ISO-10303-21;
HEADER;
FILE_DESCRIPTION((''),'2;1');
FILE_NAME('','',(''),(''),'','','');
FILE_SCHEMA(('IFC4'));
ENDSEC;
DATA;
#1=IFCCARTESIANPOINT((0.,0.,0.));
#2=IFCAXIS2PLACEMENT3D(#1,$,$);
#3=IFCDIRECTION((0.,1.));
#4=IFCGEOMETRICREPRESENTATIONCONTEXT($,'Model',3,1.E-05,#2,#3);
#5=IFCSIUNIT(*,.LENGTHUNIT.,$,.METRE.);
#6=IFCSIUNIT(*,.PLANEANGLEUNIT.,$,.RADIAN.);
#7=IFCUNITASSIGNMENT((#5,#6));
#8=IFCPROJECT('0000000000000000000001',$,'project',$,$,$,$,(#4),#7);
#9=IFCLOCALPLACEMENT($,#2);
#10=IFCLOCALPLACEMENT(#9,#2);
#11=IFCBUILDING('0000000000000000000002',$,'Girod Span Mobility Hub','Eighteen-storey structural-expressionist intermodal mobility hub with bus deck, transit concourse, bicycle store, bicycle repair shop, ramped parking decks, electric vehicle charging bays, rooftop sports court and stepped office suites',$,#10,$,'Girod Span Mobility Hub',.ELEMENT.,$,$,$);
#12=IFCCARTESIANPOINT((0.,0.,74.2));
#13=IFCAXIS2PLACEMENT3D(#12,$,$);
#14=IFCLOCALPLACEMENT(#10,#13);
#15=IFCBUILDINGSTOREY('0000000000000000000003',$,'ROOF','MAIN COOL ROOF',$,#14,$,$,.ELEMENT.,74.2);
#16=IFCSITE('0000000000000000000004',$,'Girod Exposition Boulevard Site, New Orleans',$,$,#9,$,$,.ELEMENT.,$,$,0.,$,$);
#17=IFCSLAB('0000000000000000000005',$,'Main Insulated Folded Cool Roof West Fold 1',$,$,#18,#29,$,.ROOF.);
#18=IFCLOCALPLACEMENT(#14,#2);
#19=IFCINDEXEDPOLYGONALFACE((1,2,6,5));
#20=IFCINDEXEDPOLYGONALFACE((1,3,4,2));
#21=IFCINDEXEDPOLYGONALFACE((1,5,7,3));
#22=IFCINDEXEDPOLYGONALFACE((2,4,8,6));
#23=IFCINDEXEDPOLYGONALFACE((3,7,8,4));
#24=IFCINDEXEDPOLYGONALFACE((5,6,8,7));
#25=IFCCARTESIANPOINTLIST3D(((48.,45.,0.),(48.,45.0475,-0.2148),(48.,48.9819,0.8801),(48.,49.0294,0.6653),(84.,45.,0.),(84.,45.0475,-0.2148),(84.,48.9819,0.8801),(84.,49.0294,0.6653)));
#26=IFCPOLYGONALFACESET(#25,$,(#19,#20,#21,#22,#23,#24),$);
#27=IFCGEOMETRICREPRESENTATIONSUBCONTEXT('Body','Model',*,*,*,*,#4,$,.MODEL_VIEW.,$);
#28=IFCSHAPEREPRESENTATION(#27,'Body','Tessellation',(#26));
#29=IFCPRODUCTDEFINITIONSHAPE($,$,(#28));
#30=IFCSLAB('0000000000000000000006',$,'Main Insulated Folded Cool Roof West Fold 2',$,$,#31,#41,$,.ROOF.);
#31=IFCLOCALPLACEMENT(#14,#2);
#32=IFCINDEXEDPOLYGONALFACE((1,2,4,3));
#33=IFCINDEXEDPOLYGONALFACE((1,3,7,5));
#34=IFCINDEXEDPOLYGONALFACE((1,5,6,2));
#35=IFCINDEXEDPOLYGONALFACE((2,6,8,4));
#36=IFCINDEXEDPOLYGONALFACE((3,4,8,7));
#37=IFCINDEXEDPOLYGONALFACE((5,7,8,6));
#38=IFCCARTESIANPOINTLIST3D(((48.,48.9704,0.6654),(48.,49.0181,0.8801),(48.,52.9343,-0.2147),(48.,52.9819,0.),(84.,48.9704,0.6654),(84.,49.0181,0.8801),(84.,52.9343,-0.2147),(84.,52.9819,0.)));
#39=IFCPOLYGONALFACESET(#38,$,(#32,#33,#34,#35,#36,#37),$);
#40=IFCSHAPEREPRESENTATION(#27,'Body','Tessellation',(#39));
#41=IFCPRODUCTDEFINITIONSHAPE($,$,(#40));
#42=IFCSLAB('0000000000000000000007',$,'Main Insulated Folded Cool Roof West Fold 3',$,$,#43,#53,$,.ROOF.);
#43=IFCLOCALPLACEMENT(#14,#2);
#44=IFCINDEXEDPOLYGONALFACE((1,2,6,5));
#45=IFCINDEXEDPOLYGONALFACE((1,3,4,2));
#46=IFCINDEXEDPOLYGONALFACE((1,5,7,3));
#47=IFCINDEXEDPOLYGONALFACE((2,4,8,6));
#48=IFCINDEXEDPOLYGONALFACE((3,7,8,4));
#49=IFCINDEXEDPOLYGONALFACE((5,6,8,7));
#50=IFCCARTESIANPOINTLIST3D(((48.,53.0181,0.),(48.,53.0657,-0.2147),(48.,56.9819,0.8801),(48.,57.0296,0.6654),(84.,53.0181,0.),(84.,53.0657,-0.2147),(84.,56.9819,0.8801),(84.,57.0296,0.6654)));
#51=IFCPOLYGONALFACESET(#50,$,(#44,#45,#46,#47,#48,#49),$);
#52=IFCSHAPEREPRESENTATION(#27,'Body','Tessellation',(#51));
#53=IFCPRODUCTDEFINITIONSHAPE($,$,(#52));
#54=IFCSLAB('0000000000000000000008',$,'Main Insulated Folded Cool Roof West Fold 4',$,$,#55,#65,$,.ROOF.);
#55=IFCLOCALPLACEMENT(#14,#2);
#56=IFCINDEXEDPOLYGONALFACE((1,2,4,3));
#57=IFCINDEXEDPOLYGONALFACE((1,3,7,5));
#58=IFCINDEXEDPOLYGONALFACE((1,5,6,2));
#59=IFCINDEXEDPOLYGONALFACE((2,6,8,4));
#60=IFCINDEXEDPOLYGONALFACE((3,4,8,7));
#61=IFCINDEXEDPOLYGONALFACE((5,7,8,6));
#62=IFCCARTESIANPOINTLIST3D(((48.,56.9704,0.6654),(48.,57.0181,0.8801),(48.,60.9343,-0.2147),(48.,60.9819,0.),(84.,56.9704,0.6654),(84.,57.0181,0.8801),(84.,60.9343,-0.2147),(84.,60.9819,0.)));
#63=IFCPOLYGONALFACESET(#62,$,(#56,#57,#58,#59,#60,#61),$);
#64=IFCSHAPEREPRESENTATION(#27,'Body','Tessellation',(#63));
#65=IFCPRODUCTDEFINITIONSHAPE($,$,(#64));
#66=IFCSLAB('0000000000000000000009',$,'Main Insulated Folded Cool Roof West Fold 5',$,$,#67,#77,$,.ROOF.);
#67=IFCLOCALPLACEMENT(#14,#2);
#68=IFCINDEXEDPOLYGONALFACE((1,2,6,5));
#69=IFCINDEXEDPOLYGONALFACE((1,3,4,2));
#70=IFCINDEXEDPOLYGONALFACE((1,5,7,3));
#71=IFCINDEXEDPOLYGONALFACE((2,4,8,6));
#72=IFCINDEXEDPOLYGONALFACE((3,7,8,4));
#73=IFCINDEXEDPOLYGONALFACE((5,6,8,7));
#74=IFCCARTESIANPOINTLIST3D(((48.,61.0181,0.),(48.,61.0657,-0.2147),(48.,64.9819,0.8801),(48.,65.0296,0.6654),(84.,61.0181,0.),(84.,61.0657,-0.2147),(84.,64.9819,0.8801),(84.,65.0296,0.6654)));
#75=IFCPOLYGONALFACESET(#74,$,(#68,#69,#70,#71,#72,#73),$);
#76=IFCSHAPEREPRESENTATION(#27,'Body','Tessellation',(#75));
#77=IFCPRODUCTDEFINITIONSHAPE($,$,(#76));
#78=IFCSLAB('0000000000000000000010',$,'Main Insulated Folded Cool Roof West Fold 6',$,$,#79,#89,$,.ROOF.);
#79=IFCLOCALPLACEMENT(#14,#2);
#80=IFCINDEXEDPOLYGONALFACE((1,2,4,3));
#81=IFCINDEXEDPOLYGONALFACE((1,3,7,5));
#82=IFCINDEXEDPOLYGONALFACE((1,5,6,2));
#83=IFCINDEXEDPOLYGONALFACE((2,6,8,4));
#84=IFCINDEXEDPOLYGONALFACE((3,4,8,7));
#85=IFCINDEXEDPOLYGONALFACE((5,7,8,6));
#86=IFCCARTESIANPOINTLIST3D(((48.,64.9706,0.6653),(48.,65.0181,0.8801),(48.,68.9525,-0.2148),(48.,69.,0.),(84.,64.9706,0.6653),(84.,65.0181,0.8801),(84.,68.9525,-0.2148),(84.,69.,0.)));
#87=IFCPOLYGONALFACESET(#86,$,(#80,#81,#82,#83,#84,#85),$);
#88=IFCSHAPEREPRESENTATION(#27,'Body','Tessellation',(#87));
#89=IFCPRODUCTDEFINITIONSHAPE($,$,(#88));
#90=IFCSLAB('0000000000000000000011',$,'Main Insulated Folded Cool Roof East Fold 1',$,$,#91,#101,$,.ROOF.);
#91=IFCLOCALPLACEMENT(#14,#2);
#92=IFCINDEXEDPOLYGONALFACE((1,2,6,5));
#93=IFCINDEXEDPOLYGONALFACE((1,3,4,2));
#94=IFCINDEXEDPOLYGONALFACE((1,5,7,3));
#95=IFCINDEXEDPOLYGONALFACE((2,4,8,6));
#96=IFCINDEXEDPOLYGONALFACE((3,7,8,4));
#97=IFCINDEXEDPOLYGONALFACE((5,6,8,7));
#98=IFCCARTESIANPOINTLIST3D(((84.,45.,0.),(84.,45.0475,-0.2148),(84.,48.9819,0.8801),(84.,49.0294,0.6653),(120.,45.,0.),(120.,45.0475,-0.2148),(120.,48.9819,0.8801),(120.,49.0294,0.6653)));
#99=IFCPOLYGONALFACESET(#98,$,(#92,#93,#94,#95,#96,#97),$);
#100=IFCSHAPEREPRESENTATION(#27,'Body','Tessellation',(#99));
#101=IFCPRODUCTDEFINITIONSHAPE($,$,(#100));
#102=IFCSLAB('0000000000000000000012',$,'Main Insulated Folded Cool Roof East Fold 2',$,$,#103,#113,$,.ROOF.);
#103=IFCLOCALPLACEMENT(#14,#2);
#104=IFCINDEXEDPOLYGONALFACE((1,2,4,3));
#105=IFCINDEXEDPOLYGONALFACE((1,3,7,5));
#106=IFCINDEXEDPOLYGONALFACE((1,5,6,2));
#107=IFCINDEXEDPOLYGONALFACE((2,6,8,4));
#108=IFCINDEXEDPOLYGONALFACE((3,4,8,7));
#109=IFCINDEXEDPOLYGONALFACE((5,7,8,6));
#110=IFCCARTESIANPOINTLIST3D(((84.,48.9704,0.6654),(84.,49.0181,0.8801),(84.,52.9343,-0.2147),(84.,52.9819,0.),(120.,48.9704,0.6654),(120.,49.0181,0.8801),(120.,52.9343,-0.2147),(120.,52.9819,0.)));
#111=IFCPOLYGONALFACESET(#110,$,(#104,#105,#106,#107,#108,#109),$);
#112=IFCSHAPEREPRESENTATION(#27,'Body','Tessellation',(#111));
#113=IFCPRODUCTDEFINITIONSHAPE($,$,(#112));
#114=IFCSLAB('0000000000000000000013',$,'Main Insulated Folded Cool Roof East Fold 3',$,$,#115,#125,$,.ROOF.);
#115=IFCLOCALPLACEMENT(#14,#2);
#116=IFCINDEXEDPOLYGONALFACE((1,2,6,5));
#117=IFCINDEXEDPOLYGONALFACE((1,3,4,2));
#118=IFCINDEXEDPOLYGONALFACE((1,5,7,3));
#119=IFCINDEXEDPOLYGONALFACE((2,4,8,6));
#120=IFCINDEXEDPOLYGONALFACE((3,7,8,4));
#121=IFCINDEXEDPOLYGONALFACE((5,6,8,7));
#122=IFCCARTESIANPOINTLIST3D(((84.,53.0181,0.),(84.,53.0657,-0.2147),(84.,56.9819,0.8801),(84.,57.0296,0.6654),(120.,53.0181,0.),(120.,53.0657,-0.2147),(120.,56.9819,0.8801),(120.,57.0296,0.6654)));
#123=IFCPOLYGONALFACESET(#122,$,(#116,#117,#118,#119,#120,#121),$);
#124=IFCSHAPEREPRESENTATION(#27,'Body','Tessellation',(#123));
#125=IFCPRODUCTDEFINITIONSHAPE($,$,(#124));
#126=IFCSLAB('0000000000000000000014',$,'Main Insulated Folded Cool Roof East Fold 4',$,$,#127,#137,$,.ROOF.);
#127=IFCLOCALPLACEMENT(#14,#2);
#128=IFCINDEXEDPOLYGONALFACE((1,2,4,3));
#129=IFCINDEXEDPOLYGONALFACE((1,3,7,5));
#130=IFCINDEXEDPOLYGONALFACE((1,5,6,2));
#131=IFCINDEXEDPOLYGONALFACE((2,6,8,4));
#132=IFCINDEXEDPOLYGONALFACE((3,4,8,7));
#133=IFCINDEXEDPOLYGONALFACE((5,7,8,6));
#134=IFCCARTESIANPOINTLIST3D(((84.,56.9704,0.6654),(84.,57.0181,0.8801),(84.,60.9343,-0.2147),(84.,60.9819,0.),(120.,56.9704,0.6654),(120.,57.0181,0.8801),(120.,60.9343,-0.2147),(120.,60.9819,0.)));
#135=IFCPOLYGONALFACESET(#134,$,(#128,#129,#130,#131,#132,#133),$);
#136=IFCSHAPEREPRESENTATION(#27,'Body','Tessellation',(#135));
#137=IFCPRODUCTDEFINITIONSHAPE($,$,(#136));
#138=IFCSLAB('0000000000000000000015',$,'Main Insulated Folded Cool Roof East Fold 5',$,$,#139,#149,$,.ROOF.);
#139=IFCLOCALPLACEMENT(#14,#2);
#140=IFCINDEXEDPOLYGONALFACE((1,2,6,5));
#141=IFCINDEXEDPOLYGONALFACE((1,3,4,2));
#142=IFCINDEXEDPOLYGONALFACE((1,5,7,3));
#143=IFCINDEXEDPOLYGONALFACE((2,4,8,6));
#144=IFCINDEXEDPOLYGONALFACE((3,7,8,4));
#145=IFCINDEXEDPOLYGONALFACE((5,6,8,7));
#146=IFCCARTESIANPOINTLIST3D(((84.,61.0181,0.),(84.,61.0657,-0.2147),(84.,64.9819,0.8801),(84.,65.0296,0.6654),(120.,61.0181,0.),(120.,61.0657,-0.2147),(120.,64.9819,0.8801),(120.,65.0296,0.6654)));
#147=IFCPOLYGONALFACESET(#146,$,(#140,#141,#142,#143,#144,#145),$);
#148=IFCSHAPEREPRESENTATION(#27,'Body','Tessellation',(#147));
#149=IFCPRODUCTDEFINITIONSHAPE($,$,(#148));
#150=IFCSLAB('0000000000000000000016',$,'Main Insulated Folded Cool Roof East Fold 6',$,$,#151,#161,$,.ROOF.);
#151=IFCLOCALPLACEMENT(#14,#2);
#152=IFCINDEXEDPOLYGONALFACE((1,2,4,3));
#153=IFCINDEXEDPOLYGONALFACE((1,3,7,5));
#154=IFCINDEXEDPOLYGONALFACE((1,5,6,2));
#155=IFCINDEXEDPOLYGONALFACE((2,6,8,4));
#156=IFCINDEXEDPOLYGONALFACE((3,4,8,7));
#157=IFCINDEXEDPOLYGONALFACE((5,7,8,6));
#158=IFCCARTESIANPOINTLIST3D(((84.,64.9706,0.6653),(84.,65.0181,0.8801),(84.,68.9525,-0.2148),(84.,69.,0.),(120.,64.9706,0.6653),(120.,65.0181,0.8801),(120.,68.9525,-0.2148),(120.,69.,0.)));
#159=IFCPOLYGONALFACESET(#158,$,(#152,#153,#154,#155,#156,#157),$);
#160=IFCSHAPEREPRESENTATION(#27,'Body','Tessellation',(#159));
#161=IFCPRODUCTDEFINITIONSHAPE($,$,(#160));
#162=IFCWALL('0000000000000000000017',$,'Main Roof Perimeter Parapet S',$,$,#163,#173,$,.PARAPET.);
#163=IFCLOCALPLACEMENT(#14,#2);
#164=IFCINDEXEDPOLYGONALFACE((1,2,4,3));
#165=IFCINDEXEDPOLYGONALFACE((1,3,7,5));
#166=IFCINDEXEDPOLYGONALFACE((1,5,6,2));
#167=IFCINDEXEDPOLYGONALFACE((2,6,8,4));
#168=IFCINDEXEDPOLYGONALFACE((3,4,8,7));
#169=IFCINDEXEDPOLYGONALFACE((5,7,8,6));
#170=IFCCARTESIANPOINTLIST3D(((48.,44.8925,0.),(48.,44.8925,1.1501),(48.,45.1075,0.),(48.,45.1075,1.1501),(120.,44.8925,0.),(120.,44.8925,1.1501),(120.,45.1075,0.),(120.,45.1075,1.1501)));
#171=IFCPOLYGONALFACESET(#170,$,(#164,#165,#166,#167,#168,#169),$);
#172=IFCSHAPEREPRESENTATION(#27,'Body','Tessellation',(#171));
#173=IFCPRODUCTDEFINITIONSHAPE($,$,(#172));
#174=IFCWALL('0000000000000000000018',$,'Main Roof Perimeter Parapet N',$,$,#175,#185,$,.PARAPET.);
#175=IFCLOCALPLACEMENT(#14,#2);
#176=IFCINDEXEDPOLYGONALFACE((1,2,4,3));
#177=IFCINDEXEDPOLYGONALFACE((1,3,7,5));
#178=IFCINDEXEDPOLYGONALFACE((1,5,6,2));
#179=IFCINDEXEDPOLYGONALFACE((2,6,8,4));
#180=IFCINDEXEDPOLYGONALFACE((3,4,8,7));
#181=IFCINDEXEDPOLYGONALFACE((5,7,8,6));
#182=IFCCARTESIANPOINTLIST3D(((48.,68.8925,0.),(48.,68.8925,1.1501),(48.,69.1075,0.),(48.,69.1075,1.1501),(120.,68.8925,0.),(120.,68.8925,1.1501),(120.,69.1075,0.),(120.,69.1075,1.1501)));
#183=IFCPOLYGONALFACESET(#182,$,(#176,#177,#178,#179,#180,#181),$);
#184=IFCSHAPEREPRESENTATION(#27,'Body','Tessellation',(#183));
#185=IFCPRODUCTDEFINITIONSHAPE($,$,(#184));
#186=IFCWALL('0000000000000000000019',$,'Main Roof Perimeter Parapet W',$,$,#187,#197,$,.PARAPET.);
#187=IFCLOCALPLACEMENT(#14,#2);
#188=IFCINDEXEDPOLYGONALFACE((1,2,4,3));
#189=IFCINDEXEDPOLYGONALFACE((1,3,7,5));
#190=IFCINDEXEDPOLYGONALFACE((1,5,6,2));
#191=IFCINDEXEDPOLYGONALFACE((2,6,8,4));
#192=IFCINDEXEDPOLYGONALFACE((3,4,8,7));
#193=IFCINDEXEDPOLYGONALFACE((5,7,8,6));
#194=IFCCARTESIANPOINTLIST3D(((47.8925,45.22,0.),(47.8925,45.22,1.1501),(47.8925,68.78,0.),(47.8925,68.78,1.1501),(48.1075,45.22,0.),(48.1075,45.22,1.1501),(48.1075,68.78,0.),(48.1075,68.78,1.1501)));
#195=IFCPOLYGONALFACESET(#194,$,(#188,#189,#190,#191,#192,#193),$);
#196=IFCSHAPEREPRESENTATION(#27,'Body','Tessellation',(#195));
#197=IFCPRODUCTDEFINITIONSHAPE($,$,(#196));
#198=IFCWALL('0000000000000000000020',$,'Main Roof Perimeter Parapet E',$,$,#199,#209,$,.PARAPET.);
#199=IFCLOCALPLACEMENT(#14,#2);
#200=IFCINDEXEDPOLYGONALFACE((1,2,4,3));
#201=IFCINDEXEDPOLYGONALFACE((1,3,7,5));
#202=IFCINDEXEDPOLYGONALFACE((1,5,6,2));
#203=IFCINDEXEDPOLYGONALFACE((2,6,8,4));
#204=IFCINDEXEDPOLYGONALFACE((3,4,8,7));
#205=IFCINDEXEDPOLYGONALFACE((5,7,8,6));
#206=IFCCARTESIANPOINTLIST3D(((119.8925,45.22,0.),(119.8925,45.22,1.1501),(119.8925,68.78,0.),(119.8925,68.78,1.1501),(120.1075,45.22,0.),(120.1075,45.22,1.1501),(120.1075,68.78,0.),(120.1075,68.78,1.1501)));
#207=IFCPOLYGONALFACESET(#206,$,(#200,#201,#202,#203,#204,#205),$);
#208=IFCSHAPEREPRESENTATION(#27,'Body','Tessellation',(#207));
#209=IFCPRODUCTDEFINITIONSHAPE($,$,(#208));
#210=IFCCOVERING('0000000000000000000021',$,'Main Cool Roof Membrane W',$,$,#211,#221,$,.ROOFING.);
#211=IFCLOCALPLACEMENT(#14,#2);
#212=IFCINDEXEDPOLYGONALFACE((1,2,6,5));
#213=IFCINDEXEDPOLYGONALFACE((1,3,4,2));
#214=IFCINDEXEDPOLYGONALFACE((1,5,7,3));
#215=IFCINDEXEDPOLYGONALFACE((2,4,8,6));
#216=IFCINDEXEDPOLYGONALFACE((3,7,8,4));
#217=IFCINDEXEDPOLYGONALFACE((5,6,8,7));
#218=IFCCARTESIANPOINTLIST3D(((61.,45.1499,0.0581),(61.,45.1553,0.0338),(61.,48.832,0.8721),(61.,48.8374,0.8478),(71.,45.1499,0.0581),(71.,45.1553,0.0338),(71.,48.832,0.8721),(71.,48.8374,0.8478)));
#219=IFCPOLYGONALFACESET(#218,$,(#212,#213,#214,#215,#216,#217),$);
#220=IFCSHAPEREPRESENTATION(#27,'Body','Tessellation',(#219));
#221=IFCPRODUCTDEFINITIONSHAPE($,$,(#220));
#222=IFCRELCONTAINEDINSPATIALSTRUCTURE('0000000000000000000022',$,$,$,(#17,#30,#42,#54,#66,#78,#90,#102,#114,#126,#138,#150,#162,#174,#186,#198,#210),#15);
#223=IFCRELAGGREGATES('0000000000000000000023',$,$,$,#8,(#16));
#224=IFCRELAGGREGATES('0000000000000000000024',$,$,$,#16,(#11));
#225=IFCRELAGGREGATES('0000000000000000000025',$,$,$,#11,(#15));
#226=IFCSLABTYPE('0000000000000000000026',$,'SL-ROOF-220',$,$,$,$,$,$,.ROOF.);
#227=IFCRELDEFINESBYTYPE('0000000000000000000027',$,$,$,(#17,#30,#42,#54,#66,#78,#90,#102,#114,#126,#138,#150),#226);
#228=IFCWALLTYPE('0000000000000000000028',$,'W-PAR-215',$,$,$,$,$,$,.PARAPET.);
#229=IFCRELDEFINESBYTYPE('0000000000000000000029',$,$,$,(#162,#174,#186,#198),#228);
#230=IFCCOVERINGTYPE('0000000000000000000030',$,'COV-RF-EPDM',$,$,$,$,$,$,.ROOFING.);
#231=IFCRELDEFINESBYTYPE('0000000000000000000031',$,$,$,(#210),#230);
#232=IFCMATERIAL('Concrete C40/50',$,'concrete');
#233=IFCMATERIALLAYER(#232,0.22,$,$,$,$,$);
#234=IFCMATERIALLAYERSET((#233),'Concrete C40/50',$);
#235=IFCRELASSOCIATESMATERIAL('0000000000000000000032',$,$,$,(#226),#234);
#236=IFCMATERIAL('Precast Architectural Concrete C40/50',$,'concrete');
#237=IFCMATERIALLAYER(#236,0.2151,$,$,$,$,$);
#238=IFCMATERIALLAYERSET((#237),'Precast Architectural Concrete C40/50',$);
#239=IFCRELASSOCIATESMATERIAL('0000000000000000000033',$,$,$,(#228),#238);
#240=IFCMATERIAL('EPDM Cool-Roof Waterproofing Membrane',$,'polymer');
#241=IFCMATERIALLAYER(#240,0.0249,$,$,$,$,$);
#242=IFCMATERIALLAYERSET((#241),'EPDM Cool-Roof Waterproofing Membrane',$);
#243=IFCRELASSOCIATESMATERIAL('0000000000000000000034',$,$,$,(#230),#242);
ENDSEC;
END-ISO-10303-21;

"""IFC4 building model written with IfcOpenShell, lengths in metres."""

from ifc_helpers import new_model, si_unit, direction, frame, frame_2d, origin, place, context, subcontext, project, spatial, polyline, rectangle, outline, extrude, material, layer, layer_set, type_object, element, save


model = new_model("IFC4")

# Units and contexts
model_context = context("Model", 3, precision=1e-05, world=origin(), true_north=direction((0.0, 1.0)))
body_context = subcontext(model_context, "Body", "Model", "MODEL_VIEW")
ifc_project = project(units=[si_unit("LENGTHUNIT", "METRE"), si_unit("PLANEANGLEUNIT", "RADIAN")], contexts=[model_context])

# Site, building, storey
site_placement = place(None, origin())
site = spatial("IfcSite", under=ifc_project, at=site_placement, Name="Girod Exposition Boulevard Site, New Orleans", CompositionType="ELEMENT", RefElevation=0.0)
building_placement = place(site_placement, origin())
building = spatial("IfcBuilding", under=site, at=building_placement, Name="Girod Span Mobility Hub", Description="Eighteen-storey structural-expressionist intermodal mobility hub with bus deck, transit concourse, bicycle store, bicycle repair shop, ramped parking decks, electric vehicle charging bays, rooftop sports court and stepped office suites", LongName="Girod Span Mobility Hub", CompositionType="ELEMENT")
storey_placement = place(building_placement, frame((0.0, 0.0, 74.2)))
storey = spatial("IfcBuildingStorey", under=building, at=storey_placement, Name="ROOF", Description="MAIN COOL ROOF", CompositionType="ELEMENT", Elevation=74.2)

# Slabs
ifc_material_1 = material(Name="Concrete C40/50", Category="concrete")
ifc_layer_1 = layer(ifc_material_1, 0.22)
ifc_layer_set_1 = layer_set([ifc_layer_1], Name="Concrete C40/50")
slab_type = type_object("IfcSlabType", Name="SL-ROOF-220", PredefinedType="ROOF", material=ifc_layer_set_1)
slab_1_placement = place(storey_placement, frame((48.0, 45.0, 0.0), z_axis=(0.0, -0.215821, 0.976433), x_axis=(1.0, 0.0, 0.0)))
element("IfcSlab", 1, at=slab_1_placement, inside=storey, type_object=slab_type, Name="Main Insulated Folded Cool Roof West Fold 1", PredefinedType="ROOF", context=body_context, shape_type="SweptSolid", body=[
    extrude(outline(polyline([(0.0, 0.0), (36.0, 0.0), (36.0, 4.078), (0.0, 4.078), (0.0, 0.0)])), origin(), (0.0, 0.0, -1.0), 0.22),
])
for number, where, z_axis, x_axis, name in (
    (2, (48.0, 49.0181, 0.8801), (0.0, 0.216759, 0.976225), (1.0, 0.0, 0.0), "Main Insulated Folded Cool Roof West Fold 2"),
    (3, (48.0, 53.0181, 0.0), (0.0, -0.216759, 0.976225), (1.0, 0.0, 0.0), "Main Insulated Folded Cool Roof West Fold 3"),
    (4, (48.0, 57.0181, 0.8801), (0.0, 0.216759, 0.976225), (1.0, 0.0, 0.0), "Main Insulated Folded Cool Roof West Fold 4"),
    (5, (48.0, 61.0181, 0.0), (0.0, -0.216759, 0.976225), (1.0, 0.0, 0.0), "Main Insulated Folded Cool Roof West Fold 5"),
):
    element("IfcSlab", number, at=place(storey_placement, frame(where, z_axis=z_axis, x_axis=x_axis)), inside=storey, type_object=slab_type, Name=name, PredefinedType="ROOF", context=body_context, shape_type="SweptSolid", body=[
        extrude(outline(polyline([(0.0, 0.0), (36.0, 0.0), (36.0, 4.0604), (0.0, 4.0604), (0.0, 0.0)])), origin(), (0.0, 0.0, -1.0), 0.22),
    ])
for number, where, z_axis, x_axis, name in (
    (6, (48.0, 65.0181, 0.8801), (0.0, 0.215821, 0.976433), (1.0, 0.0, 0.0), "Main Insulated Folded Cool Roof West Fold 6"),
    (7, (84.0, 45.0, 0.0), (0.0, -0.215821, 0.976433), (1.0, 0.0, 0.0), "Main Insulated Folded Cool Roof East Fold 1"),
):
    element("IfcSlab", number, at=place(storey_placement, frame(where, z_axis=z_axis, x_axis=x_axis)), inside=storey, type_object=slab_type, Name=name, PredefinedType="ROOF", context=body_context, shape_type="SweptSolid", body=[
        extrude(outline(polyline([(0.0, 0.0), (36.0, 0.0), (36.0, 4.078), (0.0, 4.078), (0.0, 0.0)])), origin(), (0.0, 0.0, -1.0), 0.22),
    ])
for number, where, z_axis, x_axis, name in (
    (8, (84.0, 49.0181, 0.8801), (0.0, 0.216759, 0.976225), (1.0, 0.0, 0.0), "Main Insulated Folded Cool Roof East Fold 2"),
    (9, (84.0, 53.0181, 0.0), (0.0, -0.216759, 0.976225), (1.0, 0.0, 0.0), "Main Insulated Folded Cool Roof East Fold 3"),
    (10, (84.0, 57.0181, 0.8801), (0.0, 0.216759, 0.976225), (1.0, 0.0, 0.0), "Main Insulated Folded Cool Roof East Fold 4"),
    (11, (84.0, 61.0181, 0.0), (0.0, -0.216759, 0.976225), (1.0, 0.0, 0.0), "Main Insulated Folded Cool Roof East Fold 5"),
):
    element("IfcSlab", number, at=place(storey_placement, frame(where, z_axis=z_axis, x_axis=x_axis)), inside=storey, type_object=slab_type, Name=name, PredefinedType="ROOF", context=body_context, shape_type="SweptSolid", body=[
        extrude(outline(polyline([(0.0, 0.0), (36.0, 0.0), (36.0, 4.0604), (0.0, 4.0604), (0.0, 0.0)])), origin(), (0.0, 0.0, -1.0), 0.22),
    ])
slab_2_placement = place(storey_placement, frame((84.0, 65.0181, 0.8801), z_axis=(0.0, 0.215821, 0.976433), x_axis=(1.0, 0.0, 0.0)))
element("IfcSlab", 12, at=slab_2_placement, inside=storey, type_object=slab_type, Name="Main Insulated Folded Cool Roof East Fold 6", PredefinedType="ROOF", context=body_context, shape_type="SweptSolid", body=[
    extrude(outline(polyline([(0.0, 0.0), (36.0, 0.0), (36.0, 4.078), (0.0, 4.078), (0.0, 0.0)])), origin(), (0.0, 0.0, -1.0), 0.22),
])

# Walls
ifc_material_2 = material(Name="Precast Architectural Concrete C40/50", Category="concrete")
ifc_layer_2 = layer(ifc_material_2, 0.2151)
ifc_layer_set_2 = layer_set([ifc_layer_2], Name="Precast Architectural Concrete C40/50")
wall_type = type_object("IfcWallType", Name="W-PAR-215", PredefinedType="PARAPET", material=ifc_layer_set_2)
for number, where, z_axis, x_axis, name in (
    (13, (48.0, 45.0, 0.0), (0.0, 0.0, 1.0), (1.0, 0.0, 0.0), "Main Roof Perimeter Parapet S"),
    (14, (48.0, 69.0, 0.0), (0.0, 0.0, 1.0), (1.0, 0.0, 0.0), "Main Roof Perimeter Parapet N"),
):
    element("IfcWall", number, at=place(storey_placement, frame(where, z_axis=z_axis, x_axis=x_axis)), inside=storey, type_object=wall_type, Name=name, PredefinedType="PARAPET", context=body_context, shape_type="SweptSolid", body=[
        extrude(rectangle(XDim=72.0, YDim=0.2151, at=frame_2d((36.0, 0.0))), origin(), (0.0, 0.0, 1.0), 1.1501),
    ])
for number, where, z_axis, x_axis, name in (
    (15, (48.0, 45.22, 0.0), (0.0, 0.0, 1.0), (0.0, 1.0, 0.0), "Main Roof Perimeter Parapet W"),
    (16, (120.0, 45.22, 0.0), (0.0, 0.0, 1.0), (0.0, 1.0, 0.0), "Main Roof Perimeter Parapet E"),
):
    element("IfcWall", number, at=place(storey_placement, frame(where, z_axis=z_axis, x_axis=x_axis)), inside=storey, type_object=wall_type, Name=name, PredefinedType="PARAPET", context=body_context, shape_type="SweptSolid", body=[
        extrude(rectangle(XDim=23.5601, YDim=0.2151, at=frame_2d((11.78, 0.0))), origin(), (0.0, 0.0, 1.0), 1.1501),
    ])

# Covering
ifc_material_3 = material(Name="EPDM Cool-Roof Waterproofing Membrane", Category="polymer")
ifc_layer_3 = layer(ifc_material_3, 0.0249)
ifc_layer_set_3 = layer_set([ifc_layer_3], Name="EPDM Cool-Roof Waterproofing Membrane")
covering_type = type_object("IfcCoveringType", Name="COV-RF-EPDM", PredefinedType="ROOFING", material=ifc_layer_set_3)
for number, where, z_axis, x_axis, name in (
    (17, (61.0, 45.1499, 0.0581), (0.0, -0.215847, 0.976427), (1.0, 0.0, 0.0), "Main Cool Roof Membrane W"),
):
    element("IfcCovering", number, at=place(storey_placement, frame(where, z_axis=z_axis, x_axis=x_axis)), inside=storey, type_object=covering_type, Name=name, PredefinedType="ROOFING", context=body_context, shape_type="SweptSolid", body=[
        extrude(outline(polyline([(0.0, 0.0), (10.0, 0.0), (10.0, 3.771), (0.0, 3.771), (0.0, 0.0)])), origin(), (0.0, 0.0, -1.0), 0.0249),
    ])

save(model, "model.ifc")
